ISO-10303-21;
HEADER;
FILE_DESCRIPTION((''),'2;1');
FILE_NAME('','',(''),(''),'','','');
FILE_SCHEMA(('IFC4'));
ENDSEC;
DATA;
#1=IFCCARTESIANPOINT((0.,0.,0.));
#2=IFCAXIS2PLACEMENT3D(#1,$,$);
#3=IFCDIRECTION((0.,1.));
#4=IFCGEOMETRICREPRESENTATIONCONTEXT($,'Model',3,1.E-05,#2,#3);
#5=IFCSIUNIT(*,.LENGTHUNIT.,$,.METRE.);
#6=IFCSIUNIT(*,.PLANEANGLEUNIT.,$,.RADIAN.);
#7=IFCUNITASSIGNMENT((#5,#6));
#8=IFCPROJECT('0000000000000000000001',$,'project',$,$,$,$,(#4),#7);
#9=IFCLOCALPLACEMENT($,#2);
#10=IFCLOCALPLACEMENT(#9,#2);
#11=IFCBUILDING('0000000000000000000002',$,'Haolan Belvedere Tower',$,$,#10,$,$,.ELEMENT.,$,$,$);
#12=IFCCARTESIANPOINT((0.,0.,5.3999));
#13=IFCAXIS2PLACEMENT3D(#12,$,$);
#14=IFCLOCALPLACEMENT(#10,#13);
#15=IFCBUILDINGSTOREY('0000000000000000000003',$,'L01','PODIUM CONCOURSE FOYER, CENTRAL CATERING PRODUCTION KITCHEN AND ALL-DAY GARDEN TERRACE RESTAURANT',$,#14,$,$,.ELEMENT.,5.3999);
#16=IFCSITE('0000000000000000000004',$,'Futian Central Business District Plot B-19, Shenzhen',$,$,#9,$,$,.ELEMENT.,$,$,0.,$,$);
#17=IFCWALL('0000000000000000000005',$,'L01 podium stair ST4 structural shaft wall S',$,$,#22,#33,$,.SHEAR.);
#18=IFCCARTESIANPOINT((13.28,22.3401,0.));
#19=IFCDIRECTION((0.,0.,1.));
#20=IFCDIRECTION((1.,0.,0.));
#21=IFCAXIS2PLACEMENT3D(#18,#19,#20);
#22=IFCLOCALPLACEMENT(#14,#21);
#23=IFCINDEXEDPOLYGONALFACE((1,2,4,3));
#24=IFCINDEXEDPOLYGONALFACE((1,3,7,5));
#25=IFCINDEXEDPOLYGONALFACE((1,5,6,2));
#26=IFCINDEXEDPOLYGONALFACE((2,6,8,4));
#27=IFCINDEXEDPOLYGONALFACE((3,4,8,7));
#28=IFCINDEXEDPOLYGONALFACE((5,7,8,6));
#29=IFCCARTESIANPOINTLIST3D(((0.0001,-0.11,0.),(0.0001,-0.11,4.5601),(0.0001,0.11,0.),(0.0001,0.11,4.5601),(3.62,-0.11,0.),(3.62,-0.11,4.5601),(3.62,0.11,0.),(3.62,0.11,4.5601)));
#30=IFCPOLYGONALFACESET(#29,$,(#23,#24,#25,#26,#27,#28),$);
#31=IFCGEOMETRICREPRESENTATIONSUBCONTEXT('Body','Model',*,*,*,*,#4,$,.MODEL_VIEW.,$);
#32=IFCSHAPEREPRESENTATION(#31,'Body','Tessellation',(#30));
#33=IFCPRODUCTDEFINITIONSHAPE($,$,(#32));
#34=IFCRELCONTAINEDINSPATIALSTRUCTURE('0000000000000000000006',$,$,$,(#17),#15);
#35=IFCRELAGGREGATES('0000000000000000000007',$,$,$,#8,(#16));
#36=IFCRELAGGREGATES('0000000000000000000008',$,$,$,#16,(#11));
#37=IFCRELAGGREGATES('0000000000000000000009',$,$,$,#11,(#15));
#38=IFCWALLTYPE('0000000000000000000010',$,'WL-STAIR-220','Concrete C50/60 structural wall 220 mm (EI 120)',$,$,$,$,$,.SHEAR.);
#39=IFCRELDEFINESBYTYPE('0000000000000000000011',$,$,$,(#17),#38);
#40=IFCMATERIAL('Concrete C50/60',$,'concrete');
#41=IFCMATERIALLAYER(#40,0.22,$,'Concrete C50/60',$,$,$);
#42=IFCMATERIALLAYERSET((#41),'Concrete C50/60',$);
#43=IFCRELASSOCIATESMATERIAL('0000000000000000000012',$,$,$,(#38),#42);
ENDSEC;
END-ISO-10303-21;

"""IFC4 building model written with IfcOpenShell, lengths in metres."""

from ifc_helpers import new_model, si_unit, direction, frame, frame_2d, origin, place, context, subcontext, project, spatial, rectangle, extrude, material, layer, layer_set, type_object, element, save


model = new_model("IFC4")

# Units and contexts
model_context = context("Model", 3, precision=1e-05, world=origin(), true_north=direction((0.0, 1.0)))
body_context = subcontext(model_context, "Body", "Model", "MODEL_VIEW")
ifc_project = project(units=[si_unit("LENGTHUNIT", "METRE"), si_unit("PLANEANGLEUNIT", "RADIAN")], contexts=[model_context])

# Site, building, storey
site_placement = place(None, origin())
site = spatial("IfcSite", under=ifc_project, at=site_placement, Name="Futian Central Business District Plot B-19, Shenzhen", CompositionType="ELEMENT", RefElevation=0.0)
building_placement = place(site_placement, origin())
building = spatial("IfcBuilding", under=site, at=building_placement, Name="Haolan Belvedere Tower", CompositionType="ELEMENT")
storey_placement = place(building_placement, frame((0.0, 0.0, 5.3999)))
storey = spatial("IfcBuildingStorey", under=building, at=storey_placement, Name="L01", Description="PODIUM CONCOURSE FOYER, CENTRAL CATERING PRODUCTION KITCHEN AND ALL-DAY GARDEN TERRACE RESTAURANT", CompositionType="ELEMENT", Elevation=5.3999)

# Shared definitions
ifc_material_1 = material(Name="Concrete C50/60", Category="concrete")

# Shared definitions
ifc_layer = layer(ifc_material_1, 0.22, Name="Concrete C50/60")
ifc_layer_set = layer_set([ifc_layer], Name="Concrete C50/60")
wall_type = type_object("IfcWallType", Name="WL-STAIR-220", Description="Concrete C50/60 structural wall 220 mm (EI 120)", PredefinedType="SHEAR", material=ifc_layer_set)

# Wall
wall_1_placement = place(storey_placement, frame((13.28, 22.3401, 0.0), z_axis=(0.0, 0.0, 1.0), x_axis=(1.0, 0.0, 0.0)))
element("IfcWall", 1, at=wall_1_placement, inside=storey, type_object=wall_type, Name="L01 podium stair ST4 structural shaft wall S", PredefinedType="SHEAR", context=body_context, shape_type="SweptSolid", body=[
    extrude(rectangle(XDim=3.6199, YDim=0.22, at=frame_2d((1.8101, 0.0))), origin(), (0.0, 0.0, 1.0), 4.5601),
])

save(model, "model.ifc")
